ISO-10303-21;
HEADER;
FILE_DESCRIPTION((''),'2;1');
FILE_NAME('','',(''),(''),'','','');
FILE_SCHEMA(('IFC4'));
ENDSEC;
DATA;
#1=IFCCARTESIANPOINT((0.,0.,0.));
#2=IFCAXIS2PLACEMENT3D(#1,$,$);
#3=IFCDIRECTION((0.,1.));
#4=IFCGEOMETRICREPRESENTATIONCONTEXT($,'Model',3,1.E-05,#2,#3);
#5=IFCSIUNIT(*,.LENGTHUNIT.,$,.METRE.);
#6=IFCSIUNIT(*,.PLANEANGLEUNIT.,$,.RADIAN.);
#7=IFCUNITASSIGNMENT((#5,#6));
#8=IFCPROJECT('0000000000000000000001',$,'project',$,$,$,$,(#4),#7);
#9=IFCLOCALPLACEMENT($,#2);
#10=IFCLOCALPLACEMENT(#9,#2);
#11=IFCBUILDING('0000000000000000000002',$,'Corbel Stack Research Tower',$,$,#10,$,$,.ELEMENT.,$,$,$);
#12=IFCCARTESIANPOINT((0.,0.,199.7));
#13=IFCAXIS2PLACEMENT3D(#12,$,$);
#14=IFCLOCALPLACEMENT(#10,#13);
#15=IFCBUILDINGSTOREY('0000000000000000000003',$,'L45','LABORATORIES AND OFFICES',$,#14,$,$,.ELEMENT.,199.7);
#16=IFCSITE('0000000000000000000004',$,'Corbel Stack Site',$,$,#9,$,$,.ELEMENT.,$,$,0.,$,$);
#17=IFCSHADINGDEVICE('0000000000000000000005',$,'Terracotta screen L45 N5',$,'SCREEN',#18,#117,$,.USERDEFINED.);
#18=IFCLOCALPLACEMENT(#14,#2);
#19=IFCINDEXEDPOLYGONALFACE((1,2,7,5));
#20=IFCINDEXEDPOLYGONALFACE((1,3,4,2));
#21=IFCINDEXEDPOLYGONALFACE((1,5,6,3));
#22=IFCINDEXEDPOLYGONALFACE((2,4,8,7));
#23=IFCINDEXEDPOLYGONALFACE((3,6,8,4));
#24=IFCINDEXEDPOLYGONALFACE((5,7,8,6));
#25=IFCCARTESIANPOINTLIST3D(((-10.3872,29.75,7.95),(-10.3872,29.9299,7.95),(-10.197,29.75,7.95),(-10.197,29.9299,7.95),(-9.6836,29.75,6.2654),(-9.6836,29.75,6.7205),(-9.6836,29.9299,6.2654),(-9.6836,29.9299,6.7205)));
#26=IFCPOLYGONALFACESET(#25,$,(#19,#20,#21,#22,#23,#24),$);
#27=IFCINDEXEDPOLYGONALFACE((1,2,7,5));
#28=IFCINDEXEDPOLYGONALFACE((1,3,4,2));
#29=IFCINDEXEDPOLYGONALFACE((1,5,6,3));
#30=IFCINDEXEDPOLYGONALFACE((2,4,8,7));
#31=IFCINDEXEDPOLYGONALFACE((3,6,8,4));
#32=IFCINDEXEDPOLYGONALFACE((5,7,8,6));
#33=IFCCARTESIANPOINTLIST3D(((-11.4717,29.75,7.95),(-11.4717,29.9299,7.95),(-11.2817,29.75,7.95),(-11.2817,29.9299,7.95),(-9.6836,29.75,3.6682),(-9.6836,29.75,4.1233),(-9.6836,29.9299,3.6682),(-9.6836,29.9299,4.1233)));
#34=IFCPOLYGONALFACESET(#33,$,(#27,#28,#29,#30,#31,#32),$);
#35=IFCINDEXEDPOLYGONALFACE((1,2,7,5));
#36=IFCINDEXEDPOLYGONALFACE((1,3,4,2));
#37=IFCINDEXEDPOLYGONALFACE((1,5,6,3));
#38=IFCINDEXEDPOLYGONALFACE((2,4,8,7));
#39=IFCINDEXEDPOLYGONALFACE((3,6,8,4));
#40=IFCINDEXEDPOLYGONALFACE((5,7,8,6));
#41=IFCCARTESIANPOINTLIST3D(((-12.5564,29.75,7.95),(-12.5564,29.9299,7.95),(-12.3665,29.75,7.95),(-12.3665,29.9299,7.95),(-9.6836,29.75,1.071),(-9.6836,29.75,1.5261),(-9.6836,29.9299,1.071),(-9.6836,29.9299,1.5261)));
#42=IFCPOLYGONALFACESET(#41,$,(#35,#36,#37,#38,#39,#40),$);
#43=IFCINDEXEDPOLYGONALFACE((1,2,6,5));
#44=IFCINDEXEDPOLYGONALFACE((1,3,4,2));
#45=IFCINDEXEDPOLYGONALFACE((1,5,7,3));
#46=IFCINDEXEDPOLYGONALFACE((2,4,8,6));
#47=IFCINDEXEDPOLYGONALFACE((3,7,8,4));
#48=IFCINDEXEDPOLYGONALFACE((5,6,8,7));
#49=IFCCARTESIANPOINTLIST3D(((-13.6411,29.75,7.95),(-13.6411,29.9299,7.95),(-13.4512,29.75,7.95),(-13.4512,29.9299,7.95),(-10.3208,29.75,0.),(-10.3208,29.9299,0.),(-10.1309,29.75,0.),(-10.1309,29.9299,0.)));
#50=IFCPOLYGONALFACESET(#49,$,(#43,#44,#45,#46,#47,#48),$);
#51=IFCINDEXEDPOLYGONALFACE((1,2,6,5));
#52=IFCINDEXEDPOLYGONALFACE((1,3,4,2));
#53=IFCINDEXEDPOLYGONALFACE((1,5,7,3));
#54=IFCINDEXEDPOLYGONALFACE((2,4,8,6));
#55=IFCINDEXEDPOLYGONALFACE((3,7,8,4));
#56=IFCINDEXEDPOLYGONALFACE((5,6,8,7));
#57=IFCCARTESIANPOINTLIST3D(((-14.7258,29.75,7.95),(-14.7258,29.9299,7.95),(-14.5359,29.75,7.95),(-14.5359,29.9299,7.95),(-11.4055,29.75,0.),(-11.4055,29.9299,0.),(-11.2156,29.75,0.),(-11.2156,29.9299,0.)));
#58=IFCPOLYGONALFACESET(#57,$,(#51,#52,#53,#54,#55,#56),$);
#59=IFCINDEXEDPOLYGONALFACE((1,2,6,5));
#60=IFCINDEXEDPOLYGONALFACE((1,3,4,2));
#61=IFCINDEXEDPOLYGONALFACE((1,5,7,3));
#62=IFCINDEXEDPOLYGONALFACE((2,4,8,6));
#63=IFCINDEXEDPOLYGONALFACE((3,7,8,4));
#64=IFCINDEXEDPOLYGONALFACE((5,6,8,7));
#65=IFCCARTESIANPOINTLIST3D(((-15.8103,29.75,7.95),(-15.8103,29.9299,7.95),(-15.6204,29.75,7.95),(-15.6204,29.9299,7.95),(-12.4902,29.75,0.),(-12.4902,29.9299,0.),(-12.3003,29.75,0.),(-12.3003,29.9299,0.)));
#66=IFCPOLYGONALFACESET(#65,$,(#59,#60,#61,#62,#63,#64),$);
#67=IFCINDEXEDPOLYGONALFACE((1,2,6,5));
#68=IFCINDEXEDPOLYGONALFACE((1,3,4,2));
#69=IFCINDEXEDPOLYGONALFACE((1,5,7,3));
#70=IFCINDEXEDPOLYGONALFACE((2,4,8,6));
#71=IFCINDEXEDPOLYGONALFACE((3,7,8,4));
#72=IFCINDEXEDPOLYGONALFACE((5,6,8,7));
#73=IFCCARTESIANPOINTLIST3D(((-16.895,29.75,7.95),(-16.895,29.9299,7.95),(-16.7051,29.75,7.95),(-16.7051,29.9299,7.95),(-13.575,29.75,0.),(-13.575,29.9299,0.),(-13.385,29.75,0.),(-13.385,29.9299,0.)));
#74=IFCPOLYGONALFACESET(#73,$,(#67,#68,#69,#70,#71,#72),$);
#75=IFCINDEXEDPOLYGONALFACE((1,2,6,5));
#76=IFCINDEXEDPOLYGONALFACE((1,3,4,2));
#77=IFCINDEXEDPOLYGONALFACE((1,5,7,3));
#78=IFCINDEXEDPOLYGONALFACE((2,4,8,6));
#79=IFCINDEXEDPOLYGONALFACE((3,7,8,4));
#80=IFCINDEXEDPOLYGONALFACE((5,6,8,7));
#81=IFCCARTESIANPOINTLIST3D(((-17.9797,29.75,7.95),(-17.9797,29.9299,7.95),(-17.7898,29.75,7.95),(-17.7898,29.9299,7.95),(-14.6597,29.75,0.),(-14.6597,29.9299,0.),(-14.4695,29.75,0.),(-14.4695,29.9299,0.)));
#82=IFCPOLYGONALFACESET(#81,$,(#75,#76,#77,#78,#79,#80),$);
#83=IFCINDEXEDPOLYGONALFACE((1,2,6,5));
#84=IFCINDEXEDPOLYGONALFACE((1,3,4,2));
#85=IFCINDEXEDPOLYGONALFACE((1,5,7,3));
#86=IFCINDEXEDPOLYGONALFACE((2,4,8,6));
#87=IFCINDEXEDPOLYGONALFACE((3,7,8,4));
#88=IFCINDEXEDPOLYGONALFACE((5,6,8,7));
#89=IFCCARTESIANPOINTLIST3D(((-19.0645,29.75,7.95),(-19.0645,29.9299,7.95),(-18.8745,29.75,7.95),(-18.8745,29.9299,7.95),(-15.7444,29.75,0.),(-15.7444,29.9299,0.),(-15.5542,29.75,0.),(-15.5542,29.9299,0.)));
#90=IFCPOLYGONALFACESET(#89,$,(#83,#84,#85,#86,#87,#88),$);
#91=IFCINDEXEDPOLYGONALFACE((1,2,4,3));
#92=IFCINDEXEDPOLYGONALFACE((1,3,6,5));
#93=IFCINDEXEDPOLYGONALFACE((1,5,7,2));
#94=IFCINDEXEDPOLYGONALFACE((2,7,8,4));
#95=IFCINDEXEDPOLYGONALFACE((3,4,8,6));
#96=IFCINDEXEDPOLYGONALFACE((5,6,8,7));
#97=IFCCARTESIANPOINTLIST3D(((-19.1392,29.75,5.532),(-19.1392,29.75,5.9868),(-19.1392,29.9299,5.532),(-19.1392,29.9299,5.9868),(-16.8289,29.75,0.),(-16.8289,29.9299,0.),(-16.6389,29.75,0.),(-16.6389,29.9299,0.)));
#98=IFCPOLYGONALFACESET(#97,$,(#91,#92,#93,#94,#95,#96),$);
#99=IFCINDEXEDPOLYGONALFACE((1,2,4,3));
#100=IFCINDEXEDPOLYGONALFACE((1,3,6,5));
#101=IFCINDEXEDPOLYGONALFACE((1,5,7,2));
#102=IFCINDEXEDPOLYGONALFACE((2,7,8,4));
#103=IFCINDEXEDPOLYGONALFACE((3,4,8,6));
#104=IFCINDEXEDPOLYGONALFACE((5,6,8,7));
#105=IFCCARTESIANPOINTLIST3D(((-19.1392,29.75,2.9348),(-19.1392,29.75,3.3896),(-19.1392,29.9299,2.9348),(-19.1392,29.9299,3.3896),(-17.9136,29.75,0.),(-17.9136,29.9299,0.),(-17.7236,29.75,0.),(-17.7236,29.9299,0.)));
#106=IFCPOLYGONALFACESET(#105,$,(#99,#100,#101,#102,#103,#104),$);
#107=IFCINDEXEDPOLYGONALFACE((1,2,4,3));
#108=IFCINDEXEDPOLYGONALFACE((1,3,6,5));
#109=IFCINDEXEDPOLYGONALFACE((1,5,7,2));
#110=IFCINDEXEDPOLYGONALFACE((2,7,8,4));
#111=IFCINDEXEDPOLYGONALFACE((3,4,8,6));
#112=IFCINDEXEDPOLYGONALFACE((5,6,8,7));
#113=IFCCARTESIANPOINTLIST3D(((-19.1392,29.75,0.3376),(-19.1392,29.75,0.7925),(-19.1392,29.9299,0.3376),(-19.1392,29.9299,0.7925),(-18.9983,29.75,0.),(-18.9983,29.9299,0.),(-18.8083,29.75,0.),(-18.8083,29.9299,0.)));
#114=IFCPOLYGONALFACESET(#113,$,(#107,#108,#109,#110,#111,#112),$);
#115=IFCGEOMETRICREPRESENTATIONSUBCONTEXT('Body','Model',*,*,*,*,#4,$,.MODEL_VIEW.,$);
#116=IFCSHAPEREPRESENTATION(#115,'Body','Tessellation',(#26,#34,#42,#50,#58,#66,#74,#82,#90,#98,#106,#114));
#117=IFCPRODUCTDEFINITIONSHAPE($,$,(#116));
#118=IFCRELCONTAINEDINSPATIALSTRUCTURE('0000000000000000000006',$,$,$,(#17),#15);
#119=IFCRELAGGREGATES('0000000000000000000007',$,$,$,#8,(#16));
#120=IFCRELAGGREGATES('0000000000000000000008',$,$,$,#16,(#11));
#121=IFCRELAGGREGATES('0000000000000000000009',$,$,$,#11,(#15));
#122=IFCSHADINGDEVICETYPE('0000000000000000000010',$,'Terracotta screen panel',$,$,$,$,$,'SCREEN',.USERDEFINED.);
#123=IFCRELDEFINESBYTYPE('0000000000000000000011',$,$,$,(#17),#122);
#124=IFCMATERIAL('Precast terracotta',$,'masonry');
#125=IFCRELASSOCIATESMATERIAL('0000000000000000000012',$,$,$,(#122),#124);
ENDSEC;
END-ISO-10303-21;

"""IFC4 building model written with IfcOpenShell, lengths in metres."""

from ifc_helpers import new_model, si_unit, direction, frame, origin, place, context, subcontext, project, spatial, polyline, outline, extrude, source, transform, mapped, material, type_object, element, save


model = new_model("IFC4")

# Units and contexts
model_context = context("Model", 3, precision=1e-05, world=origin(), true_north=direction((0.0, 1.0)))
body_context = subcontext(model_context, "Body", "Model", "MODEL_VIEW")
ifc_project = project(units=[si_unit("LENGTHUNIT", "METRE"), si_unit("PLANEANGLEUNIT", "RADIAN")], contexts=[model_context])

# Site, building, storey
site_placement = place(None, origin())
site = spatial("IfcSite", under=ifc_project, at=site_placement, Name="Corbel Stack Site", CompositionType="ELEMENT", RefElevation=0.0)
building_placement = place(site_placement, origin())
building = spatial("IfcBuilding", under=site, at=building_placement, Name="Corbel Stack Research Tower", CompositionType="ELEMENT")
storey_placement = place(building_placement, frame((0.0, 0.0, 199.7)))
storey = spatial("IfcBuildingStorey", under=building, at=storey_placement, Name="L45", Description="LABORATORIES AND OFFICES", CompositionType="ELEMENT", Elevation=199.7)

# Shading device
ifc_material_1 = material(Name="Precast terracotta", Category="masonry")
shading_device_type = type_object("IfcShadingDeviceType", Name="Terracotta screen panel", ElementType="SCREEN", PredefinedType="USERDEFINED", material=ifc_material_1)
shared_shape_1 = source(origin(), body_context, "Body", "SweptSolid", [
    extrude(outline(polyline([(0.7036, 7.95), (0.5134, 7.95), (0.0, 6.7205), (0.0, 6.2654), (0.7036, 7.95)])), frame((0.0, 0.0, 0.0), z_axis=(0.0, -1.0, 0.0), x_axis=(1.0, 0.0, 0.0)), (0.0, 0.0, 1.0), 0.1799),
    extrude(outline(polyline([(1.7881, 7.95), (1.5981, 7.95), (0.0, 4.1233), (0.0, 3.6682), (1.7881, 7.95)])), frame((0.0, 0.0, 0.0), z_axis=(0.0, -1.0, 0.0), x_axis=(1.0, 0.0, 0.0)), (0.0, 0.0, 1.0), 0.1799),
    extrude(outline(polyline([(2.8728, 7.95), (2.6829, 7.95), (0.0, 1.5261), (0.0, 1.071), (2.8728, 7.95)])), frame((0.0, 0.0, 0.0), z_axis=(0.0, -1.0, 0.0), x_axis=(1.0, 0.0, 0.0)), (0.0, 0.0, 1.0), 0.1799),
    extrude(outline(polyline([(0.6372, 0.0), (3.9575, 7.95), (3.7676, 7.95), (0.4473, 0.0), (0.6372, 0.0)])), frame((0.0, 0.0, 0.0), z_axis=(0.0, -1.0, 0.0), x_axis=(1.0, 0.0, 0.0)), (0.0, 0.0, 1.0), 0.1799),
    extrude(outline(polyline([(1.7219, 0.0), (5.0422, 7.95), (4.8523, 7.95), (1.532, 0.0), (1.7219, 0.0)])), frame((0.0, 0.0, 0.0), z_axis=(0.0, -1.0, 0.0), x_axis=(1.0, 0.0, 0.0)), (0.0, 0.0, 1.0), 0.1799),
    extrude(outline(polyline([(2.8066, 0.0), (6.1267, 7.95), (5.9368, 7.95), (2.6167, 0.0), (2.8066, 0.0)])), frame((0.0, 0.0, 0.0), z_axis=(0.0, -1.0, 0.0), x_axis=(1.0, 0.0, 0.0)), (0.0, 0.0, 1.0), 0.1799),
    extrude(outline(polyline([(3.8914, 0.0), (7.2114, 7.95), (7.0215, 7.95), (3.7014, 0.0), (3.8914, 0.0)])), frame((0.0, 0.0, 0.0), z_axis=(0.0, -1.0, 0.0), x_axis=(1.0, 0.0, 0.0)), (0.0, 0.0, 1.0), 0.1799),
    extrude(outline(polyline([(4.9761, 0.0), (8.2961, 7.95), (8.1062, 7.95), (4.7859, 0.0), (4.9761, 0.0)])), frame((0.0, 0.0, 0.0), z_axis=(0.0, -1.0, 0.0), x_axis=(1.0, 0.0, 0.0)), (0.0, 0.0, 1.0), 0.1799),
    extrude(outline(polyline([(6.0608, 0.0), (9.3809, 7.95), (9.1909, 7.95), (5.8706, 0.0), (6.0608, 0.0)])), frame((0.0, 0.0, 0.0), z_axis=(0.0, -1.0, 0.0), x_axis=(1.0, 0.0, 0.0)), (0.0, 0.0, 1.0), 0.1799),
    extrude(outline(polyline([(7.1453, 0.0), (9.4556, 5.532), (9.4556, 5.9868), (6.9553, 0.0), (7.1453, 0.0)])), frame((0.0, 0.0, 0.0), z_axis=(0.0, -1.0, 0.0), x_axis=(1.0, 0.0, 0.0)), (0.0, 0.0, 1.0), 0.1799),
    extrude(outline(polyline([(8.23, 0.0), (9.4556, 2.9348), (9.4556, 3.3896), (8.04, 0.0), (8.23, 0.0)])), frame((0.0, 0.0, 0.0), z_axis=(0.0, -1.0, 0.0), x_axis=(1.0, 0.0, 0.0)), (0.0, 0.0, 1.0), 0.1799),
    extrude(outline(polyline([(9.3147, 0.0), (9.4556, 0.3376), (9.4556, 0.7925), (9.1248, 0.0), (9.3147, 0.0)])), frame((0.0, 0.0, 0.0), z_axis=(0.0, -1.0, 0.0), x_axis=(1.0, 0.0, 0.0)), (0.0, 0.0, 1.0), 0.1799),
])
shading_device_1_placement = place(storey_placement, frame((-9.6836, 29.75, 0.0), z_axis=(0.0, 0.0, 1.0), x_axis=(-1.0, 0.0, 0.0)))
element("IfcShadingDevice", 1, at=shading_device_1_placement, inside=storey, type_object=shading_device_type, Name="Terracotta screen L45 N5", ObjectType="SCREEN", PredefinedType="USERDEFINED", context=body_context, shape_type="MappedRepresentation", body=[
    mapped(shared_shape_1, transform((0.0, 0.0, 0.0))),
])

save(model, "model.ifc")
